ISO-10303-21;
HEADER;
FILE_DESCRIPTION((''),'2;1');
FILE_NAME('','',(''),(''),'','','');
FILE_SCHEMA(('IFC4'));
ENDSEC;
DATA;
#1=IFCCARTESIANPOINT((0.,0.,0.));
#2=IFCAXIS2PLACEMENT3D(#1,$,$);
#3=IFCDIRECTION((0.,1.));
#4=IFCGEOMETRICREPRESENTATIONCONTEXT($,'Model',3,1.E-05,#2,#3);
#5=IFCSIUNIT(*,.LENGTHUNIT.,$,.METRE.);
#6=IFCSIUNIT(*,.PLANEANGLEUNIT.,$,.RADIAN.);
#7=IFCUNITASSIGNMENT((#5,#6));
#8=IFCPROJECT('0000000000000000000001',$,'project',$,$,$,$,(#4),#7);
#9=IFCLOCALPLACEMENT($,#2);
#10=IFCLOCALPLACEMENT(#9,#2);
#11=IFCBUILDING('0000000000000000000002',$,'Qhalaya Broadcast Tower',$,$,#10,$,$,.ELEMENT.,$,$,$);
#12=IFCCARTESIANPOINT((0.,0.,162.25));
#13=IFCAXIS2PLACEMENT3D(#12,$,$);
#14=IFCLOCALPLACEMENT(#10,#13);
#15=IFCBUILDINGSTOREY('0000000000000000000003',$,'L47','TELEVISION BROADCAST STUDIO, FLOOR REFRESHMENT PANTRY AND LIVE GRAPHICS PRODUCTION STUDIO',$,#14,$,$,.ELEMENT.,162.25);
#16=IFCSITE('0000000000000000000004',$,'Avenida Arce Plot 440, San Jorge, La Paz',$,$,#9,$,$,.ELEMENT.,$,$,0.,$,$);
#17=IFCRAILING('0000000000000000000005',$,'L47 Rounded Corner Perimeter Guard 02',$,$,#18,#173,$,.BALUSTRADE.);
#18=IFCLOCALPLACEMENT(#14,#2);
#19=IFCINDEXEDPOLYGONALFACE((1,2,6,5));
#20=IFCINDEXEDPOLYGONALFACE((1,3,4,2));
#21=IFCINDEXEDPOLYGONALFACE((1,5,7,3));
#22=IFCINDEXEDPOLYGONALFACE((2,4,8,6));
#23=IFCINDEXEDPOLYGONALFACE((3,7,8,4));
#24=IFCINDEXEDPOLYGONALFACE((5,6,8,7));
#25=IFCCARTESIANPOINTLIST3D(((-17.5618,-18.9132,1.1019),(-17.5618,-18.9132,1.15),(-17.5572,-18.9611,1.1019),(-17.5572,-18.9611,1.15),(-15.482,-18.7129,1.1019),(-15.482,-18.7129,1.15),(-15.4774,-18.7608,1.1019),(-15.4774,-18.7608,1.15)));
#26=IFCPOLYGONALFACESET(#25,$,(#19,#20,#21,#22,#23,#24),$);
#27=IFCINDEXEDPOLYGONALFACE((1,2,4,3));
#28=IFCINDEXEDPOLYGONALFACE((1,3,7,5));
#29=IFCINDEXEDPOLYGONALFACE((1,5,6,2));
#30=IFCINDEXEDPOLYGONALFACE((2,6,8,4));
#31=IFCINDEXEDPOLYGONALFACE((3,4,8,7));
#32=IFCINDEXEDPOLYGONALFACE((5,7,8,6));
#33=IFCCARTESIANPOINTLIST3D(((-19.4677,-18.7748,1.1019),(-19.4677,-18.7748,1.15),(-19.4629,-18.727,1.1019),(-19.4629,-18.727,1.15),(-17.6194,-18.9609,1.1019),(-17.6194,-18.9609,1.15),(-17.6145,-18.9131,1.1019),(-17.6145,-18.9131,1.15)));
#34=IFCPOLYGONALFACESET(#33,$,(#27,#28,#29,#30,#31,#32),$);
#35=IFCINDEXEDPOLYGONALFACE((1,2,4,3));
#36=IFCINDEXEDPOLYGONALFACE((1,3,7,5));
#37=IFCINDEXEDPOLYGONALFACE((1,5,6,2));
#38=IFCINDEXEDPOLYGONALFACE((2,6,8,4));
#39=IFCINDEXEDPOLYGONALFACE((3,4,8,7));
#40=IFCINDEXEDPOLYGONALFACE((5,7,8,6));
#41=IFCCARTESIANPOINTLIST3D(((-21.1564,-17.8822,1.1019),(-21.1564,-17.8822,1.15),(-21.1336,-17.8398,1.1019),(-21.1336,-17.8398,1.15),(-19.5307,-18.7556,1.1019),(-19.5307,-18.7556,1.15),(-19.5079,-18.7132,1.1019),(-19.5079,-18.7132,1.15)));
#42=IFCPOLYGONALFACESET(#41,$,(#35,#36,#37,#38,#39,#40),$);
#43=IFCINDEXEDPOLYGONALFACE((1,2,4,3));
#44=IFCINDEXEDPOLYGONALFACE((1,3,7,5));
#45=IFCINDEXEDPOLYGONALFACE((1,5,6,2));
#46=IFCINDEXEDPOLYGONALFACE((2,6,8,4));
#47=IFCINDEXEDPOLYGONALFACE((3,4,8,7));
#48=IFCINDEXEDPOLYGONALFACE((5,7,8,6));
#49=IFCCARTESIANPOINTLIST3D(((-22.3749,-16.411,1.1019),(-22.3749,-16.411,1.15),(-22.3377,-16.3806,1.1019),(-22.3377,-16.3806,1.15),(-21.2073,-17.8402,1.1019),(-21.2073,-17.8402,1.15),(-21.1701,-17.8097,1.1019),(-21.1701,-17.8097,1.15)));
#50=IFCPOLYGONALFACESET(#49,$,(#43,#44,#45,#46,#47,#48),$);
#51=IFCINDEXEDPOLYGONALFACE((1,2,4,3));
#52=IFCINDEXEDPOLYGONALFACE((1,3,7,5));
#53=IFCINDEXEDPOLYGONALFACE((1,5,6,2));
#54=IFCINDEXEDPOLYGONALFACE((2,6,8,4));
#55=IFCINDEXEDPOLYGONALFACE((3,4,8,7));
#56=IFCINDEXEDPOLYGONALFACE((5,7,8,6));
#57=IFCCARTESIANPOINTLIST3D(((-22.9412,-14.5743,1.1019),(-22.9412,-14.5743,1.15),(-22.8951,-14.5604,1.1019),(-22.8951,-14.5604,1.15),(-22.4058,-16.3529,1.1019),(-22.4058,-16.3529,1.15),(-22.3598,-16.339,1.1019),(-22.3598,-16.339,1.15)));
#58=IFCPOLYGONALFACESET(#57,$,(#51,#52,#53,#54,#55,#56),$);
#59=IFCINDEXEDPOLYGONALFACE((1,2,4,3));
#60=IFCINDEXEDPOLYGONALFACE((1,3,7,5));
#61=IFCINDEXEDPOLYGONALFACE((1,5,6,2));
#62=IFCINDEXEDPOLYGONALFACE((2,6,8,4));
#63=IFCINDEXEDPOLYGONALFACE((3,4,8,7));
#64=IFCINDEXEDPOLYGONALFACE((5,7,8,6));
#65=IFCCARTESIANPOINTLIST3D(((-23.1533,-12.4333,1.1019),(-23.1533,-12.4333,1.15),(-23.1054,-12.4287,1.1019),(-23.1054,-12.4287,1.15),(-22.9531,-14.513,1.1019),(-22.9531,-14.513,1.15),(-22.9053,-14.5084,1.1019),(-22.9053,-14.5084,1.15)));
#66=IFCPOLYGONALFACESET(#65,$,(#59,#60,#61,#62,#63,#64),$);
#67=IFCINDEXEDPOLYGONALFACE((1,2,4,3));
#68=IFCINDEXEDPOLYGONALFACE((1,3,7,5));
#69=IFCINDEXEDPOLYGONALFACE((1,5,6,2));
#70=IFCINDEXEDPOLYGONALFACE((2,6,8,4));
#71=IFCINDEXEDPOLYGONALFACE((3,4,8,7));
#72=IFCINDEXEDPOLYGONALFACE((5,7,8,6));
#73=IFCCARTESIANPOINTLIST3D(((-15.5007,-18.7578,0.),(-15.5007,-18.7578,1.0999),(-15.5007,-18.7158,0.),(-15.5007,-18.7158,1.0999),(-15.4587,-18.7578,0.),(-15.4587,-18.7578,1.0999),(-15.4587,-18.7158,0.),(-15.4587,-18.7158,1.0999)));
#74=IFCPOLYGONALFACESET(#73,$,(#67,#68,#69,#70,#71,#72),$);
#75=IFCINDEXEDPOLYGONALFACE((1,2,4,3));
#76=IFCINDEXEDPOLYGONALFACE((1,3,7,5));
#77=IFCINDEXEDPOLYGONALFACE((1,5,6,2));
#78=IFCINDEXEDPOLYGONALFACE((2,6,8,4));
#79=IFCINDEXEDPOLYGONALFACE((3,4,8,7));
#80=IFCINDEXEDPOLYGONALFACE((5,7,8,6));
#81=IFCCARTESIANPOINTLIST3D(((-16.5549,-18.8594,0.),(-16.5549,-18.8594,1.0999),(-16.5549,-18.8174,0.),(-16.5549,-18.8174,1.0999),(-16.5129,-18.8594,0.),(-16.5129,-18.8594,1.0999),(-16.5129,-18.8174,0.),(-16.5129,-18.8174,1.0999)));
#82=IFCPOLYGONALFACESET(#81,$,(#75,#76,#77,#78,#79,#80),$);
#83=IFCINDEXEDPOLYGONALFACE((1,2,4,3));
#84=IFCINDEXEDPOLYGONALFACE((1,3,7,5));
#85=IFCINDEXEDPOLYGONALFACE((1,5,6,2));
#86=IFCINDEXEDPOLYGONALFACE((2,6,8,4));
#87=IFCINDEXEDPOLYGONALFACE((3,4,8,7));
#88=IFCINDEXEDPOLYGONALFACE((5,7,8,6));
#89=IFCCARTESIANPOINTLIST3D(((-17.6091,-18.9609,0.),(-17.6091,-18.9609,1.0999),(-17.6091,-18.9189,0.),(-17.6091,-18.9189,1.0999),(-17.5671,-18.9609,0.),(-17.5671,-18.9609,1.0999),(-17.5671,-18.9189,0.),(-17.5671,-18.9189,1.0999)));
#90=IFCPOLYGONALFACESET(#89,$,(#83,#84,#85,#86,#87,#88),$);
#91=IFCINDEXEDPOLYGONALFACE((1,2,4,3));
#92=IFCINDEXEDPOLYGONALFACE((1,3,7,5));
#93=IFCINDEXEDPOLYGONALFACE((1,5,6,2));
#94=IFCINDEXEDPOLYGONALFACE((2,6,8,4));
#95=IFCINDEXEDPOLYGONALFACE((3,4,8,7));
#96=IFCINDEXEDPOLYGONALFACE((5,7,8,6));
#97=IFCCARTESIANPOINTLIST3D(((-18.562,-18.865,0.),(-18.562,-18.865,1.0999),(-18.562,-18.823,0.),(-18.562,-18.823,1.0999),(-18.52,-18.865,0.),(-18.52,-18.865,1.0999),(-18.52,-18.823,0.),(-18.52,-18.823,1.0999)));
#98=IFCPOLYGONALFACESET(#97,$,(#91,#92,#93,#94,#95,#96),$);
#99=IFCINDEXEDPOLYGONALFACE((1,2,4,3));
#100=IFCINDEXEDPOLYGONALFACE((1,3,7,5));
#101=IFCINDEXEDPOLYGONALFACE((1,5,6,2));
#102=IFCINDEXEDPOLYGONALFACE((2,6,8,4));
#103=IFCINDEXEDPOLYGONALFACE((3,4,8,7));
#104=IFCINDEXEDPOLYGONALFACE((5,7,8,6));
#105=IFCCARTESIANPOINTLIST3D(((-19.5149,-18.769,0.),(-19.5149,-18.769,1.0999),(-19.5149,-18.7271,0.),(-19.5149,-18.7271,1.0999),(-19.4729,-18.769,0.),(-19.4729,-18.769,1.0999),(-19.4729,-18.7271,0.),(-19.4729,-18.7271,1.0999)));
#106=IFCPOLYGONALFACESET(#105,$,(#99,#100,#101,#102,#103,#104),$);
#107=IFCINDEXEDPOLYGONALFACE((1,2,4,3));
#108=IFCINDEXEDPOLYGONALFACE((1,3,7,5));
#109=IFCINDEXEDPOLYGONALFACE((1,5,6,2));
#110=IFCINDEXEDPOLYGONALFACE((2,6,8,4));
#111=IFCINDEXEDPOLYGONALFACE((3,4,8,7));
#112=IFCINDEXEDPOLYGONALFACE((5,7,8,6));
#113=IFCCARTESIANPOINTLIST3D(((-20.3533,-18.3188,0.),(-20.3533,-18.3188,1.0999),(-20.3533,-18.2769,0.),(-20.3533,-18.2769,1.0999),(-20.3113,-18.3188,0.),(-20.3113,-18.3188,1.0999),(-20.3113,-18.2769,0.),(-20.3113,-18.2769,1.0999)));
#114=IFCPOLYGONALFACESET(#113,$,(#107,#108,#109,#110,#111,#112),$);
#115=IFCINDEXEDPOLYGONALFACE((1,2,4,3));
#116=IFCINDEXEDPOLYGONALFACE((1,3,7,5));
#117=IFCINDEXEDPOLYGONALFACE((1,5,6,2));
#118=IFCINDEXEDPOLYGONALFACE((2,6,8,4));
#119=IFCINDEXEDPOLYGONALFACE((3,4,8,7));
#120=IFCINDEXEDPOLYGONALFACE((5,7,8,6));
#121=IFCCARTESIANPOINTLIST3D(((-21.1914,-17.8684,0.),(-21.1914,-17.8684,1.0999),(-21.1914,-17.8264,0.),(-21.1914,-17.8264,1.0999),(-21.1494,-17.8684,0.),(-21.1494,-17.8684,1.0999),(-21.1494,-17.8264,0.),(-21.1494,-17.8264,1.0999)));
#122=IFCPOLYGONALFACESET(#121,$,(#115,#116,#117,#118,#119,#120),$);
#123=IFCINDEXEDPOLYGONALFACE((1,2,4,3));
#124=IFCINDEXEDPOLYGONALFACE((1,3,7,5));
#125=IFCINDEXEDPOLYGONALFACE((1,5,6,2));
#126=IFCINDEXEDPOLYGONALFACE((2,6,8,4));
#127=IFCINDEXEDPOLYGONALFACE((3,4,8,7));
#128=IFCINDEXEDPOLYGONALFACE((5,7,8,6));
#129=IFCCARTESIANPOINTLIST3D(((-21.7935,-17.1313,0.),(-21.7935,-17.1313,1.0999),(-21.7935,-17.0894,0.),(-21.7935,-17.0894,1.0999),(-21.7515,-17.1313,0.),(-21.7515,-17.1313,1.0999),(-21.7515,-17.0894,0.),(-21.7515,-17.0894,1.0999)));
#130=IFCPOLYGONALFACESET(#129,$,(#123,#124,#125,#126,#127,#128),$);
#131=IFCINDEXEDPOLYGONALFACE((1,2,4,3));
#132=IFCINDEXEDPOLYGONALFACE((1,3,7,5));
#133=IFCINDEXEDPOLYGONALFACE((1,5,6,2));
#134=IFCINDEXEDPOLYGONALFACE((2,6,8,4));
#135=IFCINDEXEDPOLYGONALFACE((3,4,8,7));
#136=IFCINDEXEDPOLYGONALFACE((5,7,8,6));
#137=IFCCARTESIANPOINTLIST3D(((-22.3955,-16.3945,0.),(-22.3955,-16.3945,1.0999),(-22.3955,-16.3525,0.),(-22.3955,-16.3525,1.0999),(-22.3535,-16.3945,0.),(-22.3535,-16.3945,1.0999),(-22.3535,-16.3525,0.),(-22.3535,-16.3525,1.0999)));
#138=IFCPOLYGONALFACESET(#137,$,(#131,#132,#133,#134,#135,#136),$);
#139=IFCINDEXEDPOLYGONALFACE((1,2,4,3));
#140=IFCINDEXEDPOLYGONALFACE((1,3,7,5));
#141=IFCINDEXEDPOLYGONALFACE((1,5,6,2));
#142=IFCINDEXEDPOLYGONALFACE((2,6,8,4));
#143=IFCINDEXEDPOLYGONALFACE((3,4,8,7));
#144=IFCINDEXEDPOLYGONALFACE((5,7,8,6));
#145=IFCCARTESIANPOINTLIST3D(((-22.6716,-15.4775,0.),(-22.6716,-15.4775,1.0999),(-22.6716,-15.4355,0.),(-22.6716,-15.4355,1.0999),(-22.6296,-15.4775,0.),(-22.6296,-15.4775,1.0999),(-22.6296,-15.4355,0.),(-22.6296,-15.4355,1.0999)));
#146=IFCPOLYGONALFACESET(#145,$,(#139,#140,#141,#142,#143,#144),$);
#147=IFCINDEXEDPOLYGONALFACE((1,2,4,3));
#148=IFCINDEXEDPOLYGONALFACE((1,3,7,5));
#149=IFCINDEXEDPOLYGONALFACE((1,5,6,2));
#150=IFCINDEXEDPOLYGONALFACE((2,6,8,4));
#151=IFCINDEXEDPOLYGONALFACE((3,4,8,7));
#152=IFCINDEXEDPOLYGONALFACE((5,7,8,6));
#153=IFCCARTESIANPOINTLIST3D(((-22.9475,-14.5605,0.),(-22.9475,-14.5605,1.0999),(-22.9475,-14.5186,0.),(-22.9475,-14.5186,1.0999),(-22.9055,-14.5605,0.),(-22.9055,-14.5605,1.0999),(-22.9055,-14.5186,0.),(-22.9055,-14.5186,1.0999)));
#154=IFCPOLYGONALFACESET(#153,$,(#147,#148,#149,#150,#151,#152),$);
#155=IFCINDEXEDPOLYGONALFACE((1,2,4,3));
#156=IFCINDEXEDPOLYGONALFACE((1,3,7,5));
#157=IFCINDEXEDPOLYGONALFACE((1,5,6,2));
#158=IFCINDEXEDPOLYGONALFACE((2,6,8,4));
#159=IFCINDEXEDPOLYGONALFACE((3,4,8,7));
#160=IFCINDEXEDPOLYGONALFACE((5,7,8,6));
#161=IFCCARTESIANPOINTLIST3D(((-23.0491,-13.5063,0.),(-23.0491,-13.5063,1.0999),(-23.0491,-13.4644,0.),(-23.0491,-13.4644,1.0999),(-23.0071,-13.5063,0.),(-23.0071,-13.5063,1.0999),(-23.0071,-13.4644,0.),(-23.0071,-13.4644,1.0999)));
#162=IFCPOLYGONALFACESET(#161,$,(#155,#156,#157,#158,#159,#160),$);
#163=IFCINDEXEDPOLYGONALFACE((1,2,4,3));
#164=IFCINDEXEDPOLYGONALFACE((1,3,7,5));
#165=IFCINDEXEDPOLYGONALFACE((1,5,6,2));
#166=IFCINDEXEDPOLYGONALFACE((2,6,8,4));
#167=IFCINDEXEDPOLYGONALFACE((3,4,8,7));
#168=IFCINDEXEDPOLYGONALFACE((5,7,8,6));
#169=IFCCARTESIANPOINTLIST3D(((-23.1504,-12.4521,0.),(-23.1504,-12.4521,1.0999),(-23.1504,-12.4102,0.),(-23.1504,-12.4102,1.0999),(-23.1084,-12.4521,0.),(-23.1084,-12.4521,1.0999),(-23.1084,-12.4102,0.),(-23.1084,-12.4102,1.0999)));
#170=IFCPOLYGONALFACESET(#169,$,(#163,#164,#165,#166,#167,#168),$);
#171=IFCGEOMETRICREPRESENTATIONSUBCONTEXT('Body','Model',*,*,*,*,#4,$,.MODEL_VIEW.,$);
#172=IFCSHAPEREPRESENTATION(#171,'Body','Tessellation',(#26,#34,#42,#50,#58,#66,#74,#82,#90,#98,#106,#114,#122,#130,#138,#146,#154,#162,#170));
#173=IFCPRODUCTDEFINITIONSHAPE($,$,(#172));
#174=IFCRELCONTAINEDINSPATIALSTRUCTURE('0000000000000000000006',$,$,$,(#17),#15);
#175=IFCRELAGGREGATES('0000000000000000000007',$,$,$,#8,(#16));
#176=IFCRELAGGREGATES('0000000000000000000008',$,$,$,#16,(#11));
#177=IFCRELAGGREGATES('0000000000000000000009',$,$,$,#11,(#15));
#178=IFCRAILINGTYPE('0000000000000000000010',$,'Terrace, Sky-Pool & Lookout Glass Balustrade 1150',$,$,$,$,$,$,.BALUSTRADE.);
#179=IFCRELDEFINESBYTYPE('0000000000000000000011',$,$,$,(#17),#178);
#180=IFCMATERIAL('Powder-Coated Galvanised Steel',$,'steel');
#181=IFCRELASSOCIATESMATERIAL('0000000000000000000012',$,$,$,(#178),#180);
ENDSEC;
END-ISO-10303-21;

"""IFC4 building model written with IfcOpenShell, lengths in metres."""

from ifc_helpers import new_model, si_unit, direction, frame, origin, origin_2d, place, context, subcontext, project, spatial, rectangle, extrude, material, type_object, element, save


model = new_model("IFC4")

# Units and contexts
model_context = context("Model", 3, precision=1e-05, world=origin(), true_north=direction((0.0, 1.0)))
body_context = subcontext(model_context, "Body", "Model", "MODEL_VIEW")
ifc_project = project(units=[si_unit("LENGTHUNIT", "METRE"), si_unit("PLANEANGLEUNIT", "RADIAN")], contexts=[model_context])

# Site, building, storey
site_placement = place(None, origin())
site = spatial("IfcSite", under=ifc_project, at=site_placement, Name="Avenida Arce Plot 440, San Jorge, La Paz", CompositionType="ELEMENT", RefElevation=0.0)
building_placement = place(site_placement, origin())
building = spatial("IfcBuilding", under=site, at=building_placement, Name="Qhalaya Broadcast Tower", CompositionType="ELEMENT")
storey_placement = place(building_placement, frame((0.0, 0.0, 162.25)))
storey = spatial("IfcBuildingStorey", under=building, at=storey_placement, Name="L47", Description="TELEVISION BROADCAST STUDIO, FLOOR REFRESHMENT PANTRY AND LIVE GRAPHICS PRODUCTION STUDIO", CompositionType="ELEMENT", Elevation=162.25)

# Railing
ifc_material_1 = material(Name="Powder-Coated Galvanised Steel", Category="steel")
railing_type = type_object("IfcRailingType", Name="Terrace, Sky-Pool & Lookout Glass Balustrade 1150", PredefinedType="BALUSTRADE", material=ifc_material_1)
railing_placement = place(storey_placement, frame((-15.4797, -18.7368, 0.0)))
element("IfcRailing", 1, at=railing_placement, inside=storey, type_object=railing_type, Name="L47 Rounded Corner Perimeter Guard 02", PredefinedType="BALUSTRADE", context=body_context, shape_type="SweptSolid", body=[
    extrude(rectangle(XDim=0.0481, YDim=0.0481, at=origin_2d()), frame((0.0, 0.0, 1.126), z_axis=(-0.995391, -0.095897, 0.0), x_axis=(0.095897, -0.995391, 0.0)), (0.0, 0.0, 1.0), 2.0894),
    extrude(rectangle(XDim=0.0481, YDim=0.0481, at=origin_2d()), frame((-2.1372, -0.2002, 1.126), z_axis=(-0.994969, 0.100185, 0.0), x_axis=(-0.100185, -0.994969, 0.0)), (0.0, 0.0, 1.0), 1.8577),
    extrude(rectangle(XDim=0.0481, YDim=0.0481, at=origin_2d()), frame((-4.0396, 0.0024, 1.126), z_axis=(-0.880932, 0.473243, 0.0), x_axis=(-0.473243, -0.880932, 0.0)), (0.0, 0.0, 1.0), 1.8455),
    extrude(rectangle(XDim=0.0481, YDim=0.0481, at=origin_2d()), frame((-5.709, 0.9119, 1.126), z_axis=(-0.632672, 0.77442, 0.0), x_axis=(-0.77442, -0.632672, 0.0)), (0.0, 0.0, 1.0), 1.8455),
    extrude(rectangle(XDim=0.0481, YDim=0.0481, at=origin_2d()), frame((-6.9031, 2.3909, 1.126), z_axis=(-0.288213, 0.957566, 0.0), x_axis=(-0.957566, -0.288213, 0.0)), (0.0, 0.0, 1.0), 1.8574),
    extrude(rectangle(XDim=0.0481, YDim=0.0481, at=origin_2d()), frame((-7.4495, 4.2261, 1.126), z_axis=(-0.095783, 0.995402, 0.0), x_axis=(-0.995402, -0.095783, 0.0)), (0.0, 0.0, 1.0), 2.0894),
    extrude(rectangle(XDim=0.042, YDim=0.042, at=origin_2d()), origin(), (0.0, 0.0, 1.0), 1.0999),
    extrude(rectangle(XDim=0.042, YDim=0.042, at=origin_2d()), frame((-1.0542, -0.1016, 0.0)), (0.0, 0.0, 1.0), 1.0999),
    extrude(rectangle(XDim=0.042, YDim=0.042, at=origin_2d()), frame((-2.1084, -0.2031, 0.0)), (0.0, 0.0, 1.0), 1.0999),
    extrude(rectangle(XDim=0.042, YDim=0.042, at=origin_2d()), frame((-3.0613, -0.1072, 0.0)), (0.0, 0.0, 1.0), 1.0999),
    extrude(rectangle(XDim=0.042, YDim=0.042, at=origin_2d()), frame((-4.0142, -0.0112, 0.0)), (0.0, 0.0, 1.0), 1.0999),
    extrude(rectangle(XDim=0.042, YDim=0.042, at=origin_2d()), frame((-4.8525, 0.439, 0.0)), (0.0, 0.0, 1.0), 1.0999),
    extrude(rectangle(XDim=0.042, YDim=0.042, at=origin_2d()), frame((-5.6907, 0.8894, 0.0)), (0.0, 0.0, 1.0), 1.0999),
    extrude(rectangle(XDim=0.042, YDim=0.042, at=origin_2d()), frame((-6.2927, 1.6265, 0.0)), (0.0, 0.0, 1.0), 1.0999),
    extrude(rectangle(XDim=0.042, YDim=0.042, at=origin_2d()), frame((-6.8948, 2.3633, 0.0)), (0.0, 0.0, 1.0), 1.0999),
    extrude(rectangle(XDim=0.042, YDim=0.042, at=origin_2d()), frame((-7.1709, 3.2803, 0.0)), (0.0, 0.0, 1.0), 1.0999),
    extrude(rectangle(XDim=0.042, YDim=0.042, at=origin_2d()), frame((-7.4468, 4.1973, 0.0)), (0.0, 0.0, 1.0), 1.0999),
    extrude(rectangle(XDim=0.042, YDim=0.042, at=origin_2d()), frame((-7.5483, 5.2515, 0.0)), (0.0, 0.0, 1.0), 1.0999),
    extrude(rectangle(XDim=0.042, YDim=0.042, at=origin_2d()), frame((-7.6497, 6.3057, 0.0)), (0.0, 0.0, 1.0), 1.0999),
])

save(model, "model.ifc")
